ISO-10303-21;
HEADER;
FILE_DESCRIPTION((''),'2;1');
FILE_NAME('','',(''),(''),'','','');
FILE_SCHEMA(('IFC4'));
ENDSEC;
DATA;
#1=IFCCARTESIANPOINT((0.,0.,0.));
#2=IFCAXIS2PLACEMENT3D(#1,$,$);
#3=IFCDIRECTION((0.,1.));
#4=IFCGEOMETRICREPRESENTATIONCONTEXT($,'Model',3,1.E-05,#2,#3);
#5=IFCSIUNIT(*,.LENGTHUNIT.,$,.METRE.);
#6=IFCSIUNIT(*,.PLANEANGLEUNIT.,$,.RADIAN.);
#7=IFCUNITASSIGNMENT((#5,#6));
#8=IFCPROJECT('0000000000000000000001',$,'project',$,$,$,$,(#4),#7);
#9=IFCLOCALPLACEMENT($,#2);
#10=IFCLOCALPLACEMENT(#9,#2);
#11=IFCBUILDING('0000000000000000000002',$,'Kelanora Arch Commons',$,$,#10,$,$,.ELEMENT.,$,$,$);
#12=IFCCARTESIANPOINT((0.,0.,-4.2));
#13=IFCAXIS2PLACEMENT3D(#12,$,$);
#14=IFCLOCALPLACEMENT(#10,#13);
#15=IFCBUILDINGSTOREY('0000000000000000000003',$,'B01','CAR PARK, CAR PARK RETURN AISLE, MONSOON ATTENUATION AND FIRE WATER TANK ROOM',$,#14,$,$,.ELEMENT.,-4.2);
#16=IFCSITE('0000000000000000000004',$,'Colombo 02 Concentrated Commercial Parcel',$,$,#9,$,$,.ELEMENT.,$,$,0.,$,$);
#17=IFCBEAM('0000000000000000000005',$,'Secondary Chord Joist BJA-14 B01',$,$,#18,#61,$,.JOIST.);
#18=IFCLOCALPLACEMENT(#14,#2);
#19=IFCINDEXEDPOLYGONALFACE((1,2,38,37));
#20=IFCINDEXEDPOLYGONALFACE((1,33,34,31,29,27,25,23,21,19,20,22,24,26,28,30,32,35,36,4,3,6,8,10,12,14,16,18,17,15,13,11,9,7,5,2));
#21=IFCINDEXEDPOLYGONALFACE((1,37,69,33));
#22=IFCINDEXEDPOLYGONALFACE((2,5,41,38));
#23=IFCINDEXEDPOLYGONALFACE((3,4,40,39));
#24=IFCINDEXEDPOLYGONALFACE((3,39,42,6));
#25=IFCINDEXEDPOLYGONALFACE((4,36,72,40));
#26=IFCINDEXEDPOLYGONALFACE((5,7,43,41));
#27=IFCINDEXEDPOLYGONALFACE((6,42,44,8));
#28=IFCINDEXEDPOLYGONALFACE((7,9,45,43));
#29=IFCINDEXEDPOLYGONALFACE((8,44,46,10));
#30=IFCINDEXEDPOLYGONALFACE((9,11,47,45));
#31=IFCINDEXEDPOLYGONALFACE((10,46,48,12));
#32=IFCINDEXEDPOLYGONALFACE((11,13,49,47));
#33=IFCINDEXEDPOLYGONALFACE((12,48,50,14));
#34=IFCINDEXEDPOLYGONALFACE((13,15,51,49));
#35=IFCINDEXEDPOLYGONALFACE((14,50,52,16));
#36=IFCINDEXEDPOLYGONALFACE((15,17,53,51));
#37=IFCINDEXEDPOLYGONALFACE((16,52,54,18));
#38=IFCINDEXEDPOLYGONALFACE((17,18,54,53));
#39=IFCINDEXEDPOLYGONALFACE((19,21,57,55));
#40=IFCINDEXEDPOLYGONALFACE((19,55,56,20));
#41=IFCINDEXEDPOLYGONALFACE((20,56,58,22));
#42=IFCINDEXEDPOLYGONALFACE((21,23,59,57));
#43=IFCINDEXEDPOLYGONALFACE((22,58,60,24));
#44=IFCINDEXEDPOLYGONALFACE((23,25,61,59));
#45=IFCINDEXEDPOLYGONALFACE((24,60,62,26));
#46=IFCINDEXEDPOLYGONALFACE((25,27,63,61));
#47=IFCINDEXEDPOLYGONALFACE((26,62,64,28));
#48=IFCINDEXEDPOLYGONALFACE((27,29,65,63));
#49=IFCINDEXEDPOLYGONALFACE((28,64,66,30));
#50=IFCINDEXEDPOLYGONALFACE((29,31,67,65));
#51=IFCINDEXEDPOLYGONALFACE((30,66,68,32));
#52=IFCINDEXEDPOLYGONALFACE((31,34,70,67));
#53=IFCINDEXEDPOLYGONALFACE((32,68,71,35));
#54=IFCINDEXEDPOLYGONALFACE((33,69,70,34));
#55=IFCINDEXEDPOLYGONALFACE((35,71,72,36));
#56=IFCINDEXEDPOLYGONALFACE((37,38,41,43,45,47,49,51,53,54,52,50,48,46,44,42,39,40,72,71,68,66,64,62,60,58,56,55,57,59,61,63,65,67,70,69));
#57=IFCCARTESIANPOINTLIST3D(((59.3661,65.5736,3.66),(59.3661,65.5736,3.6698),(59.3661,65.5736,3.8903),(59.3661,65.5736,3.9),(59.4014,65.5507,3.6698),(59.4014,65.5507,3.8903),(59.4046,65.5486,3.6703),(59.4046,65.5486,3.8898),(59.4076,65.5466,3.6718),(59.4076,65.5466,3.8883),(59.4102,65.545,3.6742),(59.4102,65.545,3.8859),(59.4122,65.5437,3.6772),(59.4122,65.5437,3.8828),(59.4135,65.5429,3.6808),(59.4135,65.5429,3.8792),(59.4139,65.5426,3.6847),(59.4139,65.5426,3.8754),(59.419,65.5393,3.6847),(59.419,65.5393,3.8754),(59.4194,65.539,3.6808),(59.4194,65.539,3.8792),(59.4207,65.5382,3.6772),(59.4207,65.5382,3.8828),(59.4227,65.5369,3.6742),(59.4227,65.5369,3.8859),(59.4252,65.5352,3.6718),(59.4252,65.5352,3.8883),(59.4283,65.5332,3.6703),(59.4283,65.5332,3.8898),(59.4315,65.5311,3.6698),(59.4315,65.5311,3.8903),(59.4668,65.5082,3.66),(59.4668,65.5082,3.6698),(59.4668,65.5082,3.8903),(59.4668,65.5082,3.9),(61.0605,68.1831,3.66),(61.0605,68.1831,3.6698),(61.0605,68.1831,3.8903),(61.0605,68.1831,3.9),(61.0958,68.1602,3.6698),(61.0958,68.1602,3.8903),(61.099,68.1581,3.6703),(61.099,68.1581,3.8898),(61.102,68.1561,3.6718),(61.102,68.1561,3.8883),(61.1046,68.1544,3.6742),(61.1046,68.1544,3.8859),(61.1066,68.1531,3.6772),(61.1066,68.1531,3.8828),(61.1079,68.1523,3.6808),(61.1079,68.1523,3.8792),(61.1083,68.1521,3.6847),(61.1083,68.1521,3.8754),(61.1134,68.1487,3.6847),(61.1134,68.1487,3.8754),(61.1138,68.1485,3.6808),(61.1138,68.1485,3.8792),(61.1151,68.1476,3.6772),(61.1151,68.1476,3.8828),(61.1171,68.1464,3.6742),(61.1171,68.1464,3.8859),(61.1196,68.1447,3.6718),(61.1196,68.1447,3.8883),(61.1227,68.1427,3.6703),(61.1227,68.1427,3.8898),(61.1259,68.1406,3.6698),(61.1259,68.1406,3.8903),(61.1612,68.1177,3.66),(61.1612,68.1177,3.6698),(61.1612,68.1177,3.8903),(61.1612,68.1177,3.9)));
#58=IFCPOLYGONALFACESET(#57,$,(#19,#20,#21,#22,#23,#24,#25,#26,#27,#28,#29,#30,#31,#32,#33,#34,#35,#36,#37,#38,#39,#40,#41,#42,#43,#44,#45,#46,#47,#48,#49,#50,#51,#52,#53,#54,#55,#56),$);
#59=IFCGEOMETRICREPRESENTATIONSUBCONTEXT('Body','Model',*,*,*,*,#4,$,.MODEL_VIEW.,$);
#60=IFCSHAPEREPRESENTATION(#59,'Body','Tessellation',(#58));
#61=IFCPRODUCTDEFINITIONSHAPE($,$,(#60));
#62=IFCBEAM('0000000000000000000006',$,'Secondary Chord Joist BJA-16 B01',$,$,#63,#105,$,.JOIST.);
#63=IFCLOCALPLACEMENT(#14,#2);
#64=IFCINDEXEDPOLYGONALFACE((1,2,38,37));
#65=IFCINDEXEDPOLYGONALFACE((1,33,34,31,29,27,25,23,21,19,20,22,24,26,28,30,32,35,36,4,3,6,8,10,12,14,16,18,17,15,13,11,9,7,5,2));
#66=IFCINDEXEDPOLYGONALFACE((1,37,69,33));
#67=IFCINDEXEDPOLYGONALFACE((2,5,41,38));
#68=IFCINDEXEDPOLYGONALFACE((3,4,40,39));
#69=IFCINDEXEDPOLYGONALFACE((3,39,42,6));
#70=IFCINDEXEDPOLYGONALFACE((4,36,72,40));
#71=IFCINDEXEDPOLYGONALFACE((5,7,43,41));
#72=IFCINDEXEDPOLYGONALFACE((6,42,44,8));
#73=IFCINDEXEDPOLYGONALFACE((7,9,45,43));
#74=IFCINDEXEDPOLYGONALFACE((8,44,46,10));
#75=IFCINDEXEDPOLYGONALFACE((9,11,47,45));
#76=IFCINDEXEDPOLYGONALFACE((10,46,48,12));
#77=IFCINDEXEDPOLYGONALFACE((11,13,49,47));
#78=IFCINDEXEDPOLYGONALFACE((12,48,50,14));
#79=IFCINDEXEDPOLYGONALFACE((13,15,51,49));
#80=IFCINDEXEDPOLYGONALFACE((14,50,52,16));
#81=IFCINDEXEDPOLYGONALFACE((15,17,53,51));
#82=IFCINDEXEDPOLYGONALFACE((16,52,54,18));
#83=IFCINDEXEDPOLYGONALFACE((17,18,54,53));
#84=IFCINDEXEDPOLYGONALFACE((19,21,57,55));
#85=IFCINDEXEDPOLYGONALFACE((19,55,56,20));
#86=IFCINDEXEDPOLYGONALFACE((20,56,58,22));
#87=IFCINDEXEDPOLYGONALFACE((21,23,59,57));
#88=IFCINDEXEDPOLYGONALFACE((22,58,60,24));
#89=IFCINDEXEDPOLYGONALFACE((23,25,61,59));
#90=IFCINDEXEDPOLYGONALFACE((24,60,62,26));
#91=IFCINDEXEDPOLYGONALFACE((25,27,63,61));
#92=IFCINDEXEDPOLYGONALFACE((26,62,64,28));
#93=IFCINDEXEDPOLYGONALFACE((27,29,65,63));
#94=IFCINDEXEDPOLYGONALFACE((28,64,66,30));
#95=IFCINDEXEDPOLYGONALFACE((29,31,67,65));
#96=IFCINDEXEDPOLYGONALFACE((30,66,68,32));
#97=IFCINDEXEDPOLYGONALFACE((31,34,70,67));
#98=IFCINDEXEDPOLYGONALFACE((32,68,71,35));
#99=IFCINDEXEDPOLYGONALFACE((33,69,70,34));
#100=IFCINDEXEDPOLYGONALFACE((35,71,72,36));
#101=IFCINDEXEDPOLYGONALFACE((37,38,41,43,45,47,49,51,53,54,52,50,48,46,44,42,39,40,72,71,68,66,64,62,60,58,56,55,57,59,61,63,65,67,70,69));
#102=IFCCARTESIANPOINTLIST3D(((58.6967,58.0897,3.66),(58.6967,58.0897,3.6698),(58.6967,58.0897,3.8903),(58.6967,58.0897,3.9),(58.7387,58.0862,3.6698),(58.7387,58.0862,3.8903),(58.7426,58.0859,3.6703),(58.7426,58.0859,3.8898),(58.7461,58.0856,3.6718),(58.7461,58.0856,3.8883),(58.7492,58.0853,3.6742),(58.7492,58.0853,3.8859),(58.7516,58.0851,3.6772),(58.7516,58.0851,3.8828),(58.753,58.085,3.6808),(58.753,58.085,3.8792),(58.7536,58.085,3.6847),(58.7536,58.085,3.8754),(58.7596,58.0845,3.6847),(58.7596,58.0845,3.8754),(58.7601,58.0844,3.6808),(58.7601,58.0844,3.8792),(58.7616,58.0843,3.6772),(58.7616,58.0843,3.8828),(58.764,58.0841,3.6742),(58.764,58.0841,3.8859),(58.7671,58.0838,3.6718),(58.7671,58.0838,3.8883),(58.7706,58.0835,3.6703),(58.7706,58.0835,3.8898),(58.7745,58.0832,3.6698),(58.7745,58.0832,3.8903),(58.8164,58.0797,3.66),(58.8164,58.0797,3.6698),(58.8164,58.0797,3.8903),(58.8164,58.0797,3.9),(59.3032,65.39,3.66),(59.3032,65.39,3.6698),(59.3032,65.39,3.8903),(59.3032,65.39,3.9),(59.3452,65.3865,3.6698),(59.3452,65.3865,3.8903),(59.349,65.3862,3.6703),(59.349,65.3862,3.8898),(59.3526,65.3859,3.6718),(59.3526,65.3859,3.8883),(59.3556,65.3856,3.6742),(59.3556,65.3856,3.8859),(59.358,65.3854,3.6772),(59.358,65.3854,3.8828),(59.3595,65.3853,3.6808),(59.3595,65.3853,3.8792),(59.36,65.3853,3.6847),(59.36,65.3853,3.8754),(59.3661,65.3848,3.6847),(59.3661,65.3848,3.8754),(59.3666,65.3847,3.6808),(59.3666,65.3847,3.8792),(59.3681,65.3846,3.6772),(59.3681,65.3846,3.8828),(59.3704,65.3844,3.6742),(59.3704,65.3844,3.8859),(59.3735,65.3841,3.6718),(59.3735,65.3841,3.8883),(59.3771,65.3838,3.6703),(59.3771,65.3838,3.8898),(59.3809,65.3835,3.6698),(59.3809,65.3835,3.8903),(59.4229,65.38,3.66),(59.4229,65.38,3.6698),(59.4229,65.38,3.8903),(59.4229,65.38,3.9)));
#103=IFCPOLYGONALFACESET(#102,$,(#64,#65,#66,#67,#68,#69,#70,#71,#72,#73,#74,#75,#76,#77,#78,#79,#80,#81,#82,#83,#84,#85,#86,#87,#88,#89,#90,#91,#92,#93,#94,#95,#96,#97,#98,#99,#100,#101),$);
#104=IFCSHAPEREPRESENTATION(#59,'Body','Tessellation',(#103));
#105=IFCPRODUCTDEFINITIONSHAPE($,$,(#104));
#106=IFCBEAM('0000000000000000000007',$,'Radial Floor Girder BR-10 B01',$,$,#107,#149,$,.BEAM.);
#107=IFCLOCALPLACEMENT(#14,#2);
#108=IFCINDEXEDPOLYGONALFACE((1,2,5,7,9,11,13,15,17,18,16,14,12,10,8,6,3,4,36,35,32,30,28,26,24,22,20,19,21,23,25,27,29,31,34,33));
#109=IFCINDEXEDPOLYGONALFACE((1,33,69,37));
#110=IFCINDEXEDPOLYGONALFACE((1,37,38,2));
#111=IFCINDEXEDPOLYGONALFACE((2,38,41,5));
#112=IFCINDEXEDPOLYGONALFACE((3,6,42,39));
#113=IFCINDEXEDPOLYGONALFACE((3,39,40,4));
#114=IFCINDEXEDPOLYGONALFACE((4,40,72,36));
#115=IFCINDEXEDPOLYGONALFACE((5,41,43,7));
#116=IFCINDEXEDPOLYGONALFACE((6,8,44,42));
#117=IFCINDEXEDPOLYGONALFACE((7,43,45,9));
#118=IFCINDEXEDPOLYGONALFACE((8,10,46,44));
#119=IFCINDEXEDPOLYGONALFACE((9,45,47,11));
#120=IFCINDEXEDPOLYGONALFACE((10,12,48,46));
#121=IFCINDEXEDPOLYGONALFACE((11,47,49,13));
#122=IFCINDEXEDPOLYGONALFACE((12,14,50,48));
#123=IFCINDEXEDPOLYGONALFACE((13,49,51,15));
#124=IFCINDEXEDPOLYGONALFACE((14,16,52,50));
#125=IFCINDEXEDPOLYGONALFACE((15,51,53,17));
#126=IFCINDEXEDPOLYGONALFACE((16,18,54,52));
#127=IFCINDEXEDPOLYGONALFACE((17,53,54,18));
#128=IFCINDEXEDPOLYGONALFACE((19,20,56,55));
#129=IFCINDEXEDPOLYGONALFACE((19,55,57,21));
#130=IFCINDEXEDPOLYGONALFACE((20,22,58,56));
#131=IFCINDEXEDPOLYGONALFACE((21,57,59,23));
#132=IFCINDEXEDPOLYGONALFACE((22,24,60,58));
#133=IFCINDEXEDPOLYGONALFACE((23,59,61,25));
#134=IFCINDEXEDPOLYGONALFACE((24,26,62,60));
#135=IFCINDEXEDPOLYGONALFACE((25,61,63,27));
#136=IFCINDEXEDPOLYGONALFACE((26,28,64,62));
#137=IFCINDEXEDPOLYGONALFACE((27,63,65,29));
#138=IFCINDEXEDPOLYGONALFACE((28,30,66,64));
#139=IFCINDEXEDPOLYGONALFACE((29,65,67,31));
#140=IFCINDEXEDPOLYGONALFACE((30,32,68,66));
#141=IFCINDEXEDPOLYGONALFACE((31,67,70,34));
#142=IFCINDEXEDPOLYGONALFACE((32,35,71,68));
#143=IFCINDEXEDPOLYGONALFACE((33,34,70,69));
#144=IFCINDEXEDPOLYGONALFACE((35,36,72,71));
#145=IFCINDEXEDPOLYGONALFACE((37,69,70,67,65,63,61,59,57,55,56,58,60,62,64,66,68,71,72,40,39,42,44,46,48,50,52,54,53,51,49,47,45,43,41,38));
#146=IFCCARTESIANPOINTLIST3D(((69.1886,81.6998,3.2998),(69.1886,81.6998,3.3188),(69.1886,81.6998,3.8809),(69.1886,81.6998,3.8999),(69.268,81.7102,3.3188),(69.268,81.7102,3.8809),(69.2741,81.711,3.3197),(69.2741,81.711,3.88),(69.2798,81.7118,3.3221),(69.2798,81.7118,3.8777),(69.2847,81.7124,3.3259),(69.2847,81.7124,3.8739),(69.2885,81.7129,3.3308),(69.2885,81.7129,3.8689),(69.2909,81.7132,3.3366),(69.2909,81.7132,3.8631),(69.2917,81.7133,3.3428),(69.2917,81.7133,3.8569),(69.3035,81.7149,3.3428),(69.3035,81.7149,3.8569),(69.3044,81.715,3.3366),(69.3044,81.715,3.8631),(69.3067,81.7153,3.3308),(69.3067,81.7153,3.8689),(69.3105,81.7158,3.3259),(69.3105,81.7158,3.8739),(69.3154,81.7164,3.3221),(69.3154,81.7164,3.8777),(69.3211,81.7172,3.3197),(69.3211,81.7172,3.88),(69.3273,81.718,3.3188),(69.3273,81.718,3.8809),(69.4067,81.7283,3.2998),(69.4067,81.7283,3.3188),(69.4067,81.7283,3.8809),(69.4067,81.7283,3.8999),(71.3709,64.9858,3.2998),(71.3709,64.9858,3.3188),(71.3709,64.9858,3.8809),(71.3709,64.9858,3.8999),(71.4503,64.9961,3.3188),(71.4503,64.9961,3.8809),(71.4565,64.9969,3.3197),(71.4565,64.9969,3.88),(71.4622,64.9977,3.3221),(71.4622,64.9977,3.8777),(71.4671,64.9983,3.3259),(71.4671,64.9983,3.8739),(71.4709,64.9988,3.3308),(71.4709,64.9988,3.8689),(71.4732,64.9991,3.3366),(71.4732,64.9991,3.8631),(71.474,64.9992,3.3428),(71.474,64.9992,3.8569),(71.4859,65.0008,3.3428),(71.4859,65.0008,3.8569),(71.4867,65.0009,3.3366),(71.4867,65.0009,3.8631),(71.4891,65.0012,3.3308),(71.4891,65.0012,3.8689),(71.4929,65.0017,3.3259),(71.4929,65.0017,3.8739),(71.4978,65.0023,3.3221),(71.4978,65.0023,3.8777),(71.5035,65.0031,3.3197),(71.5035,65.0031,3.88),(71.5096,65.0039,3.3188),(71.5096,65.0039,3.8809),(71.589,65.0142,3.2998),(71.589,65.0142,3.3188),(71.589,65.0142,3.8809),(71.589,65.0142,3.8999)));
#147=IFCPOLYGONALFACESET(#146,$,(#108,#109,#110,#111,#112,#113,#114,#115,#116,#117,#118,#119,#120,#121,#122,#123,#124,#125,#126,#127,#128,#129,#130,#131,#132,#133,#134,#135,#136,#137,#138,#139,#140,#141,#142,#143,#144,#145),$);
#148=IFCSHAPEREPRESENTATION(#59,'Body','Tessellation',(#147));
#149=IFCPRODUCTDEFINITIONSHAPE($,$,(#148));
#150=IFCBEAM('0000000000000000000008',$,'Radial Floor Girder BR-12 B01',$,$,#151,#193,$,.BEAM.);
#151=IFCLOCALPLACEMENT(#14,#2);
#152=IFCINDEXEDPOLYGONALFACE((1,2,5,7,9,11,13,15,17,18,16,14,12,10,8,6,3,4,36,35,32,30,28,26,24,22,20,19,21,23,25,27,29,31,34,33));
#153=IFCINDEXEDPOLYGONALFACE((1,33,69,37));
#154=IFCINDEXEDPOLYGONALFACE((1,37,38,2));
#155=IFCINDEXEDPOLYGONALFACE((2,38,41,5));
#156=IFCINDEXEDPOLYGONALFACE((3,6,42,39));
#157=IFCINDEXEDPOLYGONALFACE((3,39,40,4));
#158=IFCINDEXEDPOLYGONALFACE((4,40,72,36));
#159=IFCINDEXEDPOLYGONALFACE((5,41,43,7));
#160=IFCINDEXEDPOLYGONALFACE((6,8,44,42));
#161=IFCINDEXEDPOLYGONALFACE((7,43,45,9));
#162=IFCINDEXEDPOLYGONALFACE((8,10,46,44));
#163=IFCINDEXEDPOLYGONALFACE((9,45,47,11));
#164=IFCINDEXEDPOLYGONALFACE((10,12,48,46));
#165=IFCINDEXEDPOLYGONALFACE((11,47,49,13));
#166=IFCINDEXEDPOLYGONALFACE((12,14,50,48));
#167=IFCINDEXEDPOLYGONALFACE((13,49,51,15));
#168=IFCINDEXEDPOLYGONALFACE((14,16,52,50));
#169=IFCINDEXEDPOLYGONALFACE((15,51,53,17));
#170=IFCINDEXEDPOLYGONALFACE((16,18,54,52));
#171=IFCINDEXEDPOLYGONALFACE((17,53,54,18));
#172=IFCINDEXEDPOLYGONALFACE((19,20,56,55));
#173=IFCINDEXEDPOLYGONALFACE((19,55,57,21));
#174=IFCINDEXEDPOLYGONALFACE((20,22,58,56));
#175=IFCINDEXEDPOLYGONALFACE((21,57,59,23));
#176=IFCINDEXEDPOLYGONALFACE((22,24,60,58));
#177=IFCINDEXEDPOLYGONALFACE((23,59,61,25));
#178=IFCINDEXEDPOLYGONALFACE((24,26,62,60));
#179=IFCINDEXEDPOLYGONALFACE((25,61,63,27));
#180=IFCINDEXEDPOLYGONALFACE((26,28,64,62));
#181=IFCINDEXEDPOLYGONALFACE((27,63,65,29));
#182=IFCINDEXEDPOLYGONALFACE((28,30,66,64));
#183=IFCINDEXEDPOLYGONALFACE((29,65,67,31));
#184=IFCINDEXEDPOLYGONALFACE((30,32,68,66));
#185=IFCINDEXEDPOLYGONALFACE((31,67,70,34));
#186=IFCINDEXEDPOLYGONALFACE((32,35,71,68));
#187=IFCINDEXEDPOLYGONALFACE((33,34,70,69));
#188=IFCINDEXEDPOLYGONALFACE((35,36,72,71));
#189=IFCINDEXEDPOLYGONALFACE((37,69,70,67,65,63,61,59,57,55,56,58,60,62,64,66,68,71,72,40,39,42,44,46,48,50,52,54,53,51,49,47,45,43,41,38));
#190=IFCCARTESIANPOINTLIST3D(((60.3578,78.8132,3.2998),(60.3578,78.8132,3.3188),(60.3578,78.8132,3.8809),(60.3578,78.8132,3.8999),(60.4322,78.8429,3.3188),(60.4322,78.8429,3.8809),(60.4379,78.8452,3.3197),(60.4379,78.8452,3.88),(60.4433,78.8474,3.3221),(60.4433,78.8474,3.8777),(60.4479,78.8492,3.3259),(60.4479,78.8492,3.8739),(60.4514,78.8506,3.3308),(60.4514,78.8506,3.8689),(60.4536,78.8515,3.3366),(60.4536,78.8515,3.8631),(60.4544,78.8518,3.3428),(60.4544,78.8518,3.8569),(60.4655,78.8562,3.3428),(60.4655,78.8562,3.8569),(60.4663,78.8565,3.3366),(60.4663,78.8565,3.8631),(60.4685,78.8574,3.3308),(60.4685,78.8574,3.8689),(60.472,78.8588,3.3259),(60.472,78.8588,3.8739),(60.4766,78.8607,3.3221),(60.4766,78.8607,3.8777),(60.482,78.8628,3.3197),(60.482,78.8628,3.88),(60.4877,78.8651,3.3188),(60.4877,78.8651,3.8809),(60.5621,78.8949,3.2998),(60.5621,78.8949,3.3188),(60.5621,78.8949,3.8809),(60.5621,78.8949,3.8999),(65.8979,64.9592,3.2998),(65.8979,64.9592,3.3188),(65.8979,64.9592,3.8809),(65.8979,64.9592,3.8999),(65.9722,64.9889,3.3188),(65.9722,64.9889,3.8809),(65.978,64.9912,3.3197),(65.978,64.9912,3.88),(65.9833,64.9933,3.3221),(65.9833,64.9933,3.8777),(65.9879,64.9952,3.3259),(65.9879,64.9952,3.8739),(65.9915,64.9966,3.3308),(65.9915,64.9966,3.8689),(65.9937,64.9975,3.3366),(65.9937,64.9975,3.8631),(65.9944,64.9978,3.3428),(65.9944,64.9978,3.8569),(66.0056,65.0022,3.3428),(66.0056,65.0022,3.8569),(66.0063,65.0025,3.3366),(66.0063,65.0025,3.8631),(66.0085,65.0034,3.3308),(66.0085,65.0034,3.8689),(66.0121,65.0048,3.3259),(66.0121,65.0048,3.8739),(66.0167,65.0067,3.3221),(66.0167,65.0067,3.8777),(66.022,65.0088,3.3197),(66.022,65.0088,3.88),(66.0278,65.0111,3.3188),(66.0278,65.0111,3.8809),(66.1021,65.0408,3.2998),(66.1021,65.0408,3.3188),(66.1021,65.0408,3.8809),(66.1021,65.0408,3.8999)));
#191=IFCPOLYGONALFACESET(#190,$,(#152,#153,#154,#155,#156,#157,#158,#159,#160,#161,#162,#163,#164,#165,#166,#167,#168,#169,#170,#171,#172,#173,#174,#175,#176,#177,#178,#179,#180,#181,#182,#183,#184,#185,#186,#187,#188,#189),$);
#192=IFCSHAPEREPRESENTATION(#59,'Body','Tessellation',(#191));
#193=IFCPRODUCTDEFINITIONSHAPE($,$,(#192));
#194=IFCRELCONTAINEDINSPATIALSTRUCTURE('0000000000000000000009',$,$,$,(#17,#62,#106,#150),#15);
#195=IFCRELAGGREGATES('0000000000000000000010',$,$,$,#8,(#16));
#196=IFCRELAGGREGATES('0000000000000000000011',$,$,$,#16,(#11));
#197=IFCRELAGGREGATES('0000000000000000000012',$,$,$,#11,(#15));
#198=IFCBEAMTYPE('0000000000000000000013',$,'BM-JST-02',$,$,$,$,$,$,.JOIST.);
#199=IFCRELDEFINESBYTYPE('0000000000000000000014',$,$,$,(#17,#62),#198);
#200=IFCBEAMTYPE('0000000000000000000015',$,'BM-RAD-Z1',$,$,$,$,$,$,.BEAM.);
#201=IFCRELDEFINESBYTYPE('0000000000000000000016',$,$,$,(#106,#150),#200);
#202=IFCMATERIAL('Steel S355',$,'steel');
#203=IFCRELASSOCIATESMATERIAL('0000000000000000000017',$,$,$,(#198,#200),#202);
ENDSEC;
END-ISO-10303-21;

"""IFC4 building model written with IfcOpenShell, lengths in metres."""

from ifc_helpers import new_model, si_unit, direction, frame, origin, origin_2d, place, context, subcontext, project, spatial, i_section, extrude, material, material_profile, profile_set, type_object, element, save


model = new_model("IFC4")

# Units and contexts
model_context = context("Model", 3, precision=1e-05, world=origin(), true_north=direction((0.0, 1.0)))
body_context = subcontext(model_context, "Body", "Model", "MODEL_VIEW")
ifc_project = project(units=[si_unit("LENGTHUNIT", "METRE"), si_unit("PLANEANGLEUNIT", "RADIAN")], contexts=[model_context])

# Site, building, storey
site_placement = place(None, origin())
site = spatial("IfcSite", under=ifc_project, at=site_placement, Name="Colombo 02 Concentrated Commercial Parcel", CompositionType="ELEMENT", RefElevation=0.0)
building_placement = place(site_placement, origin())
building = spatial("IfcBuilding", under=site, at=building_placement, Name="Kelanora Arch Commons", CompositionType="ELEMENT")
storey_placement = place(building_placement, frame((0.0, 0.0, -4.2)))
storey = spatial("IfcBuildingStorey", under=building, at=storey_placement, Name="B01", Description="CAR PARK, CAR PARK RETURN AISLE, MONSOON ATTENUATION AND FIRE WATER TANK ROOM", CompositionType="ELEMENT", Elevation=-4.2)

# Shared definitions
ifc_material_1 = material(Name="Steel S355", Category="steel")

# Beams
ifc_material_profile_1 = material_profile(ifc_material_1, i_section(OverallWidth=0.1201, OverallDepth=0.24, WebThickness=0.0061, FlangeThickness=0.0098, FilletRadius=0.0149, at=origin_2d()), Name="IPE240")
ifc_profile_set_1 = profile_set([ifc_material_profile_1], Name="Steel S355")
beam_type_1 = type_object("IfcBeamType", Name="BM-JST-02", PredefinedType="JOIST", material=ifc_profile_set_1)
beam_1_placement = place(storey_placement, frame((61.1108, 68.1504, 3.78), z_axis=(-0.544591, -0.838702, 0.0), x_axis=(0.838702, -0.544591, 0.0)))
element("IfcBeam", 1, at=beam_1_placement, inside=storey, type_object=beam_type_1, Name="Secondary Chord Joist BJA-14 B01", PredefinedType="JOIST", context=body_context, shape_type="SweptSolid", body=[
    extrude(i_section(OverallWidth=0.1201, OverallDepth=0.24, WebThickness=0.0061, FlangeThickness=0.0098, FilletRadius=0.0149, at=origin_2d()), origin(), (0.0, 0.0, 1.0), 3.1113),
])
beam_2_placement = place(storey_placement, frame((59.363, 65.385, 3.78), z_axis=(-0.082786, -0.996567, 0.0), x_axis=(0.996567, -0.082786, 0.0)))
element("IfcBeam", 2, at=beam_2_placement, inside=storey, type_object=beam_type_1, Name="Secondary Chord Joist BJA-16 B01", PredefinedType="JOIST", context=body_context, shape_type="SweptSolid", body=[
    extrude(i_section(OverallWidth=0.1201, OverallDepth=0.24, WebThickness=0.0061, FlangeThickness=0.0098, FilletRadius=0.0149, at=origin_2d()), origin(), (0.0, 0.0, 1.0), 7.3254),
])
ifc_material_profile_2 = material_profile(ifc_material_1, i_section(OverallWidth=0.22, OverallDepth=0.6001, WebThickness=0.012, FlangeThickness=0.019, FilletRadius=0.0239, at=origin_2d()), Name="IPE600")
ifc_profile_set_2 = profile_set([ifc_material_profile_2], Name="Steel S355")
beam_type_2 = type_object("IfcBeamType", Name="BM-RAD-Z1", PredefinedType="BEAM", material=ifc_profile_set_2)
beam_3_placement = place(storey_placement, frame((71.48, 65.0, 3.5999), z_axis=(-0.129472, 0.991583, 0.0), x_axis=(-0.991583, -0.129472, 0.0)))
element("IfcBeam", 3, at=beam_3_placement, inside=storey, type_object=beam_type_2, Name="Radial Floor Girder BR-10 B01", PredefinedType="BEAM", context=body_context, shape_type="SweptSolid", body=[
    extrude(i_section(OverallWidth=0.22, OverallDepth=0.6001, WebThickness=0.012, FlangeThickness=0.019, FilletRadius=0.0239, at=origin_2d()), origin(), (0.0, 0.0, 1.0), 16.856),
])
beam_4_placement = place(storey_placement, frame((66.0, 65.0, 3.5999), z_axis=(-0.3713, 0.928513, 0.0), x_axis=(-0.928513, -0.3713, 0.0)))
element("IfcBeam", 4, at=beam_4_placement, inside=storey, type_object=beam_type_2, Name="Radial Floor Girder BR-12 B01", PredefinedType="BEAM", context=body_context, shape_type="SweptSolid", body=[
    extrude(i_section(OverallWidth=0.22, OverallDepth=0.6001, WebThickness=0.012, FlangeThickness=0.019, FilletRadius=0.0239, at=origin_2d()), origin(), (0.0, 0.0, 1.0), 14.9207),
])

save(model, "model.ifc")
